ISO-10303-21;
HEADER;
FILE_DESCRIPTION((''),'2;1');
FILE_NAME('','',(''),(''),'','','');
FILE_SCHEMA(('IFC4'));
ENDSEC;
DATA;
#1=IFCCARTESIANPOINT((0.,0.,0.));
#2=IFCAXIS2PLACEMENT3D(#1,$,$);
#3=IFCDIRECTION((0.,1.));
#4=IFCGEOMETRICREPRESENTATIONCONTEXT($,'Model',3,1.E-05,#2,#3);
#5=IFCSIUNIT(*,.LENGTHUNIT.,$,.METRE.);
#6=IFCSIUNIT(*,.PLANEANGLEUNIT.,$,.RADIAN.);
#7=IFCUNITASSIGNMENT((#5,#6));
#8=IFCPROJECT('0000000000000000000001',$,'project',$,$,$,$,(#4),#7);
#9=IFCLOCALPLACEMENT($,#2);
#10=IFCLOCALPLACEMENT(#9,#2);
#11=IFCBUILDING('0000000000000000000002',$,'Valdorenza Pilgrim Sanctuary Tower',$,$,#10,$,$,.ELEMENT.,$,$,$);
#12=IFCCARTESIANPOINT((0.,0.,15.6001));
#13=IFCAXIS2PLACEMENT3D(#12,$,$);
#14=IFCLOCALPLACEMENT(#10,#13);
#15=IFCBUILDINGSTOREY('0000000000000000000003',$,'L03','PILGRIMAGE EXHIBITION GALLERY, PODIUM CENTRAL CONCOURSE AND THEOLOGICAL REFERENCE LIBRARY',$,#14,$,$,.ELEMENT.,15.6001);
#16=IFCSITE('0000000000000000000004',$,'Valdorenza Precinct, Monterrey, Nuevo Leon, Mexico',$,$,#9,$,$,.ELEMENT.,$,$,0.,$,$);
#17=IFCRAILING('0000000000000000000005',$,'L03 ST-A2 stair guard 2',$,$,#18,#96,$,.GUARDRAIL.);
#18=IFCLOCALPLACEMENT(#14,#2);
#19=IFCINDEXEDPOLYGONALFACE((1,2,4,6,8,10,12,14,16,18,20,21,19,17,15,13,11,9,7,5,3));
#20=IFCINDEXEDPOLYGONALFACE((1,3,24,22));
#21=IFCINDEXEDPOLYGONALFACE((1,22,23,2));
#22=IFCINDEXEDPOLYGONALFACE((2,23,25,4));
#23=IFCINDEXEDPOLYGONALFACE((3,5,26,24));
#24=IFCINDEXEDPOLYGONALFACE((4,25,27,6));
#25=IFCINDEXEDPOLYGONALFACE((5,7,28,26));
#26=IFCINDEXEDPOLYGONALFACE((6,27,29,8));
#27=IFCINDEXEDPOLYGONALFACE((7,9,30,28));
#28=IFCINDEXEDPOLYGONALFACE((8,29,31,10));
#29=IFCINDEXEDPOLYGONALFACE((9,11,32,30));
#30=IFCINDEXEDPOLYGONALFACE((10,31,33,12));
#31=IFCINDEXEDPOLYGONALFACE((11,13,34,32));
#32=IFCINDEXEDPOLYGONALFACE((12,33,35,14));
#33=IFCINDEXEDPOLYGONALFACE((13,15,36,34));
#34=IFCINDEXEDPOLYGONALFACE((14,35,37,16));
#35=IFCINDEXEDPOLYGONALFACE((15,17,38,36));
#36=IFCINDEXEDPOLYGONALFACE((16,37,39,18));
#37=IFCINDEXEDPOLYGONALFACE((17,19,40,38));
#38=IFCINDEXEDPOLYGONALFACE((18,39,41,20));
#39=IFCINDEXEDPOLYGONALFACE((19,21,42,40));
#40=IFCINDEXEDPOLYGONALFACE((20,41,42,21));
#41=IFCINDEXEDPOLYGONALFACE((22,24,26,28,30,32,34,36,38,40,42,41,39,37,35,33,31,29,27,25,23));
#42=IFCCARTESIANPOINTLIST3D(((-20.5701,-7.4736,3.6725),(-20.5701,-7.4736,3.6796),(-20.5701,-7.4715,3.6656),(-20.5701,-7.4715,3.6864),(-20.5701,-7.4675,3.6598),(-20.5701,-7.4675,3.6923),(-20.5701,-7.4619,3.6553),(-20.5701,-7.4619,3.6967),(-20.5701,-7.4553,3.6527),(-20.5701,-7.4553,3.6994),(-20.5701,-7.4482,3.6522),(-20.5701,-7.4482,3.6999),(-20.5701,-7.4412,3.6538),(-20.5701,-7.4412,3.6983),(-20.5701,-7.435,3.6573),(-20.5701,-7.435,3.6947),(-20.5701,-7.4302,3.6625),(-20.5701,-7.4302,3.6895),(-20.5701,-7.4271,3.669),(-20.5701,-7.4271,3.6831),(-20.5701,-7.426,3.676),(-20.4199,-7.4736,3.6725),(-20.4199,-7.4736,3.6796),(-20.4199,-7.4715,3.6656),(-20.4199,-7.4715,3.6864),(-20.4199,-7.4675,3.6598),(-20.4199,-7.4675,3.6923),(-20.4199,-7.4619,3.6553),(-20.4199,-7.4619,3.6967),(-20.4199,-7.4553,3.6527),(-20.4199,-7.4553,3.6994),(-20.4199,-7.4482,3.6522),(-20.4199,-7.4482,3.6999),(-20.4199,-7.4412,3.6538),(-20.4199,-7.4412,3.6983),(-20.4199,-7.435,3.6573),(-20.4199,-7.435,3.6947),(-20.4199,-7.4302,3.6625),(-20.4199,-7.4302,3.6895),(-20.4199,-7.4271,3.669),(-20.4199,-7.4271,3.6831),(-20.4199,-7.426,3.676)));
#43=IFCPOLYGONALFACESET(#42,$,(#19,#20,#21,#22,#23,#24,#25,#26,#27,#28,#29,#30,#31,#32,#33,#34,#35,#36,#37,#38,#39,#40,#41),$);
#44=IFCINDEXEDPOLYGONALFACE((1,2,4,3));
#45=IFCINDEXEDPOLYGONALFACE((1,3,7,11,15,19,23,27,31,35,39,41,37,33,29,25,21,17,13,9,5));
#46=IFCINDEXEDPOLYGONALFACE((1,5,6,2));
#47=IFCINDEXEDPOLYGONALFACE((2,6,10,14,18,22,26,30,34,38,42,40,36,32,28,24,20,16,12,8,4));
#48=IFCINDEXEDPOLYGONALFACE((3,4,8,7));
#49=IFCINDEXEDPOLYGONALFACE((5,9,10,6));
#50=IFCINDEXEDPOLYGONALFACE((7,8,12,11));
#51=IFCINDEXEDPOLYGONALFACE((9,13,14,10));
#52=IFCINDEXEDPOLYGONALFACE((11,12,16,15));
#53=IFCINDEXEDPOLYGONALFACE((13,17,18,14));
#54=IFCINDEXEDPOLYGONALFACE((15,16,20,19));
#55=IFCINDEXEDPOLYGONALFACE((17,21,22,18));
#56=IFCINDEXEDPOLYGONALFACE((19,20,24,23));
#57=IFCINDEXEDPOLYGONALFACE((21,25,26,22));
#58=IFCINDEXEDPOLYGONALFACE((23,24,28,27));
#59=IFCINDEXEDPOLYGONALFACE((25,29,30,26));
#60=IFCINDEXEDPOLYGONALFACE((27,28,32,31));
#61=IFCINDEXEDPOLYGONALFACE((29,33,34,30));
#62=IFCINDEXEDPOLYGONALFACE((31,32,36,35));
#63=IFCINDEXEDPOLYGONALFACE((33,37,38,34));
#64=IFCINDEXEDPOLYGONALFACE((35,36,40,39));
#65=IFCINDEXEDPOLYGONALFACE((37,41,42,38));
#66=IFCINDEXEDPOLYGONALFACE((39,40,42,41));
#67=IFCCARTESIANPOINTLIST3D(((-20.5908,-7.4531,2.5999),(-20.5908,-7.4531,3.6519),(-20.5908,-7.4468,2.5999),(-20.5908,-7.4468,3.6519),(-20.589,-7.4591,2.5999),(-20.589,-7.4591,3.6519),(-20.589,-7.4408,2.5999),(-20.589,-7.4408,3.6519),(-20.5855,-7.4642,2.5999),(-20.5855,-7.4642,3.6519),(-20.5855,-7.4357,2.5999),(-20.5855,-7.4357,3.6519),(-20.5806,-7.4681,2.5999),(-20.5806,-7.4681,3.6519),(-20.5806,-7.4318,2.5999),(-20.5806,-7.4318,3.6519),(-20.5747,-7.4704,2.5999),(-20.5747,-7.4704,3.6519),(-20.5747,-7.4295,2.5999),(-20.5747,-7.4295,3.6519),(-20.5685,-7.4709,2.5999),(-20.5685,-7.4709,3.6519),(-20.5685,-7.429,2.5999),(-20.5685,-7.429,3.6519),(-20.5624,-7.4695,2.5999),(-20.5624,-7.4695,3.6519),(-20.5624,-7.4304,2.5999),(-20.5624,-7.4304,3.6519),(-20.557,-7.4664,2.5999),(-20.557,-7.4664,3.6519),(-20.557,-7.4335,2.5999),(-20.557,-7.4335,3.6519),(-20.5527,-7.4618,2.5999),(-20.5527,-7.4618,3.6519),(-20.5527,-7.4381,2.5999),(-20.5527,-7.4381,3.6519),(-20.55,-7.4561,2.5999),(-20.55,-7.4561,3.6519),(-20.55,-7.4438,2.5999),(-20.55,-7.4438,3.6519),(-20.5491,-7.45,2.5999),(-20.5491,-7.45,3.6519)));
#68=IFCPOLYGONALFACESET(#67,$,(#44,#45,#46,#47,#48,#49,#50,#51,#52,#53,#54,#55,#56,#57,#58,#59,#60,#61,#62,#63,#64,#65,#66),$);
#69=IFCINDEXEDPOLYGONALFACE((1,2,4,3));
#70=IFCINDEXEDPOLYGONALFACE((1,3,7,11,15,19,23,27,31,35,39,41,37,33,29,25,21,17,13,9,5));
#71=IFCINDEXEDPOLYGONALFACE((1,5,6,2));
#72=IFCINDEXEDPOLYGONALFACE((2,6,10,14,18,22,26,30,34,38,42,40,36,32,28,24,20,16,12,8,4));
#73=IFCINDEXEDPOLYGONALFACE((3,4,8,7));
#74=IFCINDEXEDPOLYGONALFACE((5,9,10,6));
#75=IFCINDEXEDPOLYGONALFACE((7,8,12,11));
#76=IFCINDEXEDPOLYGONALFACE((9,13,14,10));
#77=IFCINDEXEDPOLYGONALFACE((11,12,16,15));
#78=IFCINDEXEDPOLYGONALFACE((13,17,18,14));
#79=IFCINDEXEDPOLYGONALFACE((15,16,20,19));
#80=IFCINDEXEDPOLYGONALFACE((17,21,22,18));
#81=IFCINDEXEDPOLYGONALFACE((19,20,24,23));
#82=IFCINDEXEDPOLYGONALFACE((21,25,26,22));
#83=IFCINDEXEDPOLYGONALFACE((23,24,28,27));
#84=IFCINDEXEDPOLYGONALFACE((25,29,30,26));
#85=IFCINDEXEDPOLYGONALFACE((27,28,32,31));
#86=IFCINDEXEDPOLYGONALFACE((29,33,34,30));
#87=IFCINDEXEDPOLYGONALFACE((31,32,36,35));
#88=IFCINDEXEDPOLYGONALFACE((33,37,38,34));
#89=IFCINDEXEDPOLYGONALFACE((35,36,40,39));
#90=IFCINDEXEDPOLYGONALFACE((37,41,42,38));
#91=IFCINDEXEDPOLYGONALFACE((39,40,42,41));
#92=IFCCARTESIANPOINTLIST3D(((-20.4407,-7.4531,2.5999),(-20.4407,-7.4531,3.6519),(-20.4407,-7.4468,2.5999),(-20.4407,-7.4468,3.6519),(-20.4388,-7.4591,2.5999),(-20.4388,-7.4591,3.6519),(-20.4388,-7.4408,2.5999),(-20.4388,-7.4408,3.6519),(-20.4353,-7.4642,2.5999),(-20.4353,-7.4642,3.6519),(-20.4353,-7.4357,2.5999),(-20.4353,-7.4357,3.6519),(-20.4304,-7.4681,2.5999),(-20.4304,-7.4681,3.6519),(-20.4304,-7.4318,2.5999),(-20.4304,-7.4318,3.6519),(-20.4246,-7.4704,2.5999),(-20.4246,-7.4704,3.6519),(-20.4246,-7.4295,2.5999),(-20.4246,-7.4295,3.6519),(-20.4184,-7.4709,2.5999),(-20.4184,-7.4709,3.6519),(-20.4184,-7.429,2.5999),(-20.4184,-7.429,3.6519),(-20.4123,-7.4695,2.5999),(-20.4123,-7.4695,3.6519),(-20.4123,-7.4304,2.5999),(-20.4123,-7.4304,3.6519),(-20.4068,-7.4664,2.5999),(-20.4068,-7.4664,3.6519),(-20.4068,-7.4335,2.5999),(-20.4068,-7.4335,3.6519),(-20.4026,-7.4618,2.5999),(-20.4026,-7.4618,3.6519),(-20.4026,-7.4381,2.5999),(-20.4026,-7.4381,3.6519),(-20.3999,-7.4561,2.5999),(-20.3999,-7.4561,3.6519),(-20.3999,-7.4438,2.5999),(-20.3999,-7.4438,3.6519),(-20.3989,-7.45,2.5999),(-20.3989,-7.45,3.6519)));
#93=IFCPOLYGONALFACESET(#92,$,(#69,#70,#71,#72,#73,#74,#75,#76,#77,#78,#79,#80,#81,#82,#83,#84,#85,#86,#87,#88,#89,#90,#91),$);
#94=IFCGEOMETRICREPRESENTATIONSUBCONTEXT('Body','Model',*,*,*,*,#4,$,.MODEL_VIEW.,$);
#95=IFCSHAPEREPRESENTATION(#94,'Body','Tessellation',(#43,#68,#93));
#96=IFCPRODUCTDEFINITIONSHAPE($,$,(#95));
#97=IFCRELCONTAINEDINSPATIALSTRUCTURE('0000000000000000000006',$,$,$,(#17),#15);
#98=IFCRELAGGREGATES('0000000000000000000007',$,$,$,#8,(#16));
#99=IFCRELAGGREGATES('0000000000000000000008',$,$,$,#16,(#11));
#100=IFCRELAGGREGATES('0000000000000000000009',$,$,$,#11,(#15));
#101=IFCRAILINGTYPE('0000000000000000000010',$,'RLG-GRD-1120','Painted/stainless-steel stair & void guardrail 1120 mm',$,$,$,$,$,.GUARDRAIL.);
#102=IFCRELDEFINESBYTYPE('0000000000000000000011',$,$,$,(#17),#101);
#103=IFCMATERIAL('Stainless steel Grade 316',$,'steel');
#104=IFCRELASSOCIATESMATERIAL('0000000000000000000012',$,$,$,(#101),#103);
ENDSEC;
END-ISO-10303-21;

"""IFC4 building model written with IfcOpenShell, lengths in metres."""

from ifc_helpers import new_model, si_unit, direction, frame, origin, origin_2d, place, context, subcontext, project, spatial, circle, extrude, material, type_object, element, save


model = new_model("IFC4")

# Units and contexts
model_context = context("Model", 3, precision=1e-05, world=origin(), true_north=direction((0.0, 1.0)))
body_context = subcontext(model_context, "Body", "Model", "MODEL_VIEW")
ifc_project = project(units=[si_unit("LENGTHUNIT", "METRE"), si_unit("PLANEANGLEUNIT", "RADIAN")], contexts=[model_context])

# Site, building, storey
site_placement = place(None, origin())
site = spatial("IfcSite", under=ifc_project, at=site_placement, Name="Valdorenza Precinct, Monterrey, Nuevo Leon, Mexico", CompositionType="ELEMENT", RefElevation=0.0)
building_placement = place(site_placement, origin())
building = spatial("IfcBuilding", under=site, at=building_placement, Name="Valdorenza Pilgrim Sanctuary Tower", CompositionType="ELEMENT")
storey_placement = place(building_placement, frame((0.0, 0.0, 15.6001)))
storey = spatial("IfcBuildingStorey", under=building, at=storey_placement, Name="L03", Description="PILGRIMAGE EXHIBITION GALLERY, PODIUM CENTRAL CONCOURSE AND THEOLOGICAL REFERENCE LIBRARY", CompositionType="ELEMENT", Elevation=15.6001)

# Railing
ifc_material_1 = material(Name="Stainless steel Grade 316", Category="steel")
railing_type_1 = type_object("IfcRailingType", Name="RLG-GRD-1120", Description="Painted/stainless-steel stair & void guardrail 1120 mm", PredefinedType="GUARDRAIL", material=ifc_material_1)
railing_1_placement = place(storey_placement, frame((-20.5701, -7.45, 2.5999)))
element("IfcRailing", 1, at=railing_1_placement, inside=storey, type_object=railing_type_1, Name="L03 ST-A2 stair guard 2", PredefinedType="GUARDRAIL", context=body_context, shape_type="SweptSolid", body=[
    extrude(circle(Radius=0.0239, at=origin_2d()), frame((0.0, 0.0, 1.0762), z_axis=(1.0, 0.0, 0.0), x_axis=(0.0, 1.0, 0.0)), (0.0, 0.0, 1.0), 0.1501),
    extrude(circle(Radius=0.021, at=origin_2d()), origin(), (0.0, 0.0, 1.0), 1.052),
    extrude(circle(Radius=0.021, at=origin_2d()), frame((0.1501, 0.0, 0.0)), (0.0, 0.0, 1.0), 1.052),
])

save(model, "model.ifc")
